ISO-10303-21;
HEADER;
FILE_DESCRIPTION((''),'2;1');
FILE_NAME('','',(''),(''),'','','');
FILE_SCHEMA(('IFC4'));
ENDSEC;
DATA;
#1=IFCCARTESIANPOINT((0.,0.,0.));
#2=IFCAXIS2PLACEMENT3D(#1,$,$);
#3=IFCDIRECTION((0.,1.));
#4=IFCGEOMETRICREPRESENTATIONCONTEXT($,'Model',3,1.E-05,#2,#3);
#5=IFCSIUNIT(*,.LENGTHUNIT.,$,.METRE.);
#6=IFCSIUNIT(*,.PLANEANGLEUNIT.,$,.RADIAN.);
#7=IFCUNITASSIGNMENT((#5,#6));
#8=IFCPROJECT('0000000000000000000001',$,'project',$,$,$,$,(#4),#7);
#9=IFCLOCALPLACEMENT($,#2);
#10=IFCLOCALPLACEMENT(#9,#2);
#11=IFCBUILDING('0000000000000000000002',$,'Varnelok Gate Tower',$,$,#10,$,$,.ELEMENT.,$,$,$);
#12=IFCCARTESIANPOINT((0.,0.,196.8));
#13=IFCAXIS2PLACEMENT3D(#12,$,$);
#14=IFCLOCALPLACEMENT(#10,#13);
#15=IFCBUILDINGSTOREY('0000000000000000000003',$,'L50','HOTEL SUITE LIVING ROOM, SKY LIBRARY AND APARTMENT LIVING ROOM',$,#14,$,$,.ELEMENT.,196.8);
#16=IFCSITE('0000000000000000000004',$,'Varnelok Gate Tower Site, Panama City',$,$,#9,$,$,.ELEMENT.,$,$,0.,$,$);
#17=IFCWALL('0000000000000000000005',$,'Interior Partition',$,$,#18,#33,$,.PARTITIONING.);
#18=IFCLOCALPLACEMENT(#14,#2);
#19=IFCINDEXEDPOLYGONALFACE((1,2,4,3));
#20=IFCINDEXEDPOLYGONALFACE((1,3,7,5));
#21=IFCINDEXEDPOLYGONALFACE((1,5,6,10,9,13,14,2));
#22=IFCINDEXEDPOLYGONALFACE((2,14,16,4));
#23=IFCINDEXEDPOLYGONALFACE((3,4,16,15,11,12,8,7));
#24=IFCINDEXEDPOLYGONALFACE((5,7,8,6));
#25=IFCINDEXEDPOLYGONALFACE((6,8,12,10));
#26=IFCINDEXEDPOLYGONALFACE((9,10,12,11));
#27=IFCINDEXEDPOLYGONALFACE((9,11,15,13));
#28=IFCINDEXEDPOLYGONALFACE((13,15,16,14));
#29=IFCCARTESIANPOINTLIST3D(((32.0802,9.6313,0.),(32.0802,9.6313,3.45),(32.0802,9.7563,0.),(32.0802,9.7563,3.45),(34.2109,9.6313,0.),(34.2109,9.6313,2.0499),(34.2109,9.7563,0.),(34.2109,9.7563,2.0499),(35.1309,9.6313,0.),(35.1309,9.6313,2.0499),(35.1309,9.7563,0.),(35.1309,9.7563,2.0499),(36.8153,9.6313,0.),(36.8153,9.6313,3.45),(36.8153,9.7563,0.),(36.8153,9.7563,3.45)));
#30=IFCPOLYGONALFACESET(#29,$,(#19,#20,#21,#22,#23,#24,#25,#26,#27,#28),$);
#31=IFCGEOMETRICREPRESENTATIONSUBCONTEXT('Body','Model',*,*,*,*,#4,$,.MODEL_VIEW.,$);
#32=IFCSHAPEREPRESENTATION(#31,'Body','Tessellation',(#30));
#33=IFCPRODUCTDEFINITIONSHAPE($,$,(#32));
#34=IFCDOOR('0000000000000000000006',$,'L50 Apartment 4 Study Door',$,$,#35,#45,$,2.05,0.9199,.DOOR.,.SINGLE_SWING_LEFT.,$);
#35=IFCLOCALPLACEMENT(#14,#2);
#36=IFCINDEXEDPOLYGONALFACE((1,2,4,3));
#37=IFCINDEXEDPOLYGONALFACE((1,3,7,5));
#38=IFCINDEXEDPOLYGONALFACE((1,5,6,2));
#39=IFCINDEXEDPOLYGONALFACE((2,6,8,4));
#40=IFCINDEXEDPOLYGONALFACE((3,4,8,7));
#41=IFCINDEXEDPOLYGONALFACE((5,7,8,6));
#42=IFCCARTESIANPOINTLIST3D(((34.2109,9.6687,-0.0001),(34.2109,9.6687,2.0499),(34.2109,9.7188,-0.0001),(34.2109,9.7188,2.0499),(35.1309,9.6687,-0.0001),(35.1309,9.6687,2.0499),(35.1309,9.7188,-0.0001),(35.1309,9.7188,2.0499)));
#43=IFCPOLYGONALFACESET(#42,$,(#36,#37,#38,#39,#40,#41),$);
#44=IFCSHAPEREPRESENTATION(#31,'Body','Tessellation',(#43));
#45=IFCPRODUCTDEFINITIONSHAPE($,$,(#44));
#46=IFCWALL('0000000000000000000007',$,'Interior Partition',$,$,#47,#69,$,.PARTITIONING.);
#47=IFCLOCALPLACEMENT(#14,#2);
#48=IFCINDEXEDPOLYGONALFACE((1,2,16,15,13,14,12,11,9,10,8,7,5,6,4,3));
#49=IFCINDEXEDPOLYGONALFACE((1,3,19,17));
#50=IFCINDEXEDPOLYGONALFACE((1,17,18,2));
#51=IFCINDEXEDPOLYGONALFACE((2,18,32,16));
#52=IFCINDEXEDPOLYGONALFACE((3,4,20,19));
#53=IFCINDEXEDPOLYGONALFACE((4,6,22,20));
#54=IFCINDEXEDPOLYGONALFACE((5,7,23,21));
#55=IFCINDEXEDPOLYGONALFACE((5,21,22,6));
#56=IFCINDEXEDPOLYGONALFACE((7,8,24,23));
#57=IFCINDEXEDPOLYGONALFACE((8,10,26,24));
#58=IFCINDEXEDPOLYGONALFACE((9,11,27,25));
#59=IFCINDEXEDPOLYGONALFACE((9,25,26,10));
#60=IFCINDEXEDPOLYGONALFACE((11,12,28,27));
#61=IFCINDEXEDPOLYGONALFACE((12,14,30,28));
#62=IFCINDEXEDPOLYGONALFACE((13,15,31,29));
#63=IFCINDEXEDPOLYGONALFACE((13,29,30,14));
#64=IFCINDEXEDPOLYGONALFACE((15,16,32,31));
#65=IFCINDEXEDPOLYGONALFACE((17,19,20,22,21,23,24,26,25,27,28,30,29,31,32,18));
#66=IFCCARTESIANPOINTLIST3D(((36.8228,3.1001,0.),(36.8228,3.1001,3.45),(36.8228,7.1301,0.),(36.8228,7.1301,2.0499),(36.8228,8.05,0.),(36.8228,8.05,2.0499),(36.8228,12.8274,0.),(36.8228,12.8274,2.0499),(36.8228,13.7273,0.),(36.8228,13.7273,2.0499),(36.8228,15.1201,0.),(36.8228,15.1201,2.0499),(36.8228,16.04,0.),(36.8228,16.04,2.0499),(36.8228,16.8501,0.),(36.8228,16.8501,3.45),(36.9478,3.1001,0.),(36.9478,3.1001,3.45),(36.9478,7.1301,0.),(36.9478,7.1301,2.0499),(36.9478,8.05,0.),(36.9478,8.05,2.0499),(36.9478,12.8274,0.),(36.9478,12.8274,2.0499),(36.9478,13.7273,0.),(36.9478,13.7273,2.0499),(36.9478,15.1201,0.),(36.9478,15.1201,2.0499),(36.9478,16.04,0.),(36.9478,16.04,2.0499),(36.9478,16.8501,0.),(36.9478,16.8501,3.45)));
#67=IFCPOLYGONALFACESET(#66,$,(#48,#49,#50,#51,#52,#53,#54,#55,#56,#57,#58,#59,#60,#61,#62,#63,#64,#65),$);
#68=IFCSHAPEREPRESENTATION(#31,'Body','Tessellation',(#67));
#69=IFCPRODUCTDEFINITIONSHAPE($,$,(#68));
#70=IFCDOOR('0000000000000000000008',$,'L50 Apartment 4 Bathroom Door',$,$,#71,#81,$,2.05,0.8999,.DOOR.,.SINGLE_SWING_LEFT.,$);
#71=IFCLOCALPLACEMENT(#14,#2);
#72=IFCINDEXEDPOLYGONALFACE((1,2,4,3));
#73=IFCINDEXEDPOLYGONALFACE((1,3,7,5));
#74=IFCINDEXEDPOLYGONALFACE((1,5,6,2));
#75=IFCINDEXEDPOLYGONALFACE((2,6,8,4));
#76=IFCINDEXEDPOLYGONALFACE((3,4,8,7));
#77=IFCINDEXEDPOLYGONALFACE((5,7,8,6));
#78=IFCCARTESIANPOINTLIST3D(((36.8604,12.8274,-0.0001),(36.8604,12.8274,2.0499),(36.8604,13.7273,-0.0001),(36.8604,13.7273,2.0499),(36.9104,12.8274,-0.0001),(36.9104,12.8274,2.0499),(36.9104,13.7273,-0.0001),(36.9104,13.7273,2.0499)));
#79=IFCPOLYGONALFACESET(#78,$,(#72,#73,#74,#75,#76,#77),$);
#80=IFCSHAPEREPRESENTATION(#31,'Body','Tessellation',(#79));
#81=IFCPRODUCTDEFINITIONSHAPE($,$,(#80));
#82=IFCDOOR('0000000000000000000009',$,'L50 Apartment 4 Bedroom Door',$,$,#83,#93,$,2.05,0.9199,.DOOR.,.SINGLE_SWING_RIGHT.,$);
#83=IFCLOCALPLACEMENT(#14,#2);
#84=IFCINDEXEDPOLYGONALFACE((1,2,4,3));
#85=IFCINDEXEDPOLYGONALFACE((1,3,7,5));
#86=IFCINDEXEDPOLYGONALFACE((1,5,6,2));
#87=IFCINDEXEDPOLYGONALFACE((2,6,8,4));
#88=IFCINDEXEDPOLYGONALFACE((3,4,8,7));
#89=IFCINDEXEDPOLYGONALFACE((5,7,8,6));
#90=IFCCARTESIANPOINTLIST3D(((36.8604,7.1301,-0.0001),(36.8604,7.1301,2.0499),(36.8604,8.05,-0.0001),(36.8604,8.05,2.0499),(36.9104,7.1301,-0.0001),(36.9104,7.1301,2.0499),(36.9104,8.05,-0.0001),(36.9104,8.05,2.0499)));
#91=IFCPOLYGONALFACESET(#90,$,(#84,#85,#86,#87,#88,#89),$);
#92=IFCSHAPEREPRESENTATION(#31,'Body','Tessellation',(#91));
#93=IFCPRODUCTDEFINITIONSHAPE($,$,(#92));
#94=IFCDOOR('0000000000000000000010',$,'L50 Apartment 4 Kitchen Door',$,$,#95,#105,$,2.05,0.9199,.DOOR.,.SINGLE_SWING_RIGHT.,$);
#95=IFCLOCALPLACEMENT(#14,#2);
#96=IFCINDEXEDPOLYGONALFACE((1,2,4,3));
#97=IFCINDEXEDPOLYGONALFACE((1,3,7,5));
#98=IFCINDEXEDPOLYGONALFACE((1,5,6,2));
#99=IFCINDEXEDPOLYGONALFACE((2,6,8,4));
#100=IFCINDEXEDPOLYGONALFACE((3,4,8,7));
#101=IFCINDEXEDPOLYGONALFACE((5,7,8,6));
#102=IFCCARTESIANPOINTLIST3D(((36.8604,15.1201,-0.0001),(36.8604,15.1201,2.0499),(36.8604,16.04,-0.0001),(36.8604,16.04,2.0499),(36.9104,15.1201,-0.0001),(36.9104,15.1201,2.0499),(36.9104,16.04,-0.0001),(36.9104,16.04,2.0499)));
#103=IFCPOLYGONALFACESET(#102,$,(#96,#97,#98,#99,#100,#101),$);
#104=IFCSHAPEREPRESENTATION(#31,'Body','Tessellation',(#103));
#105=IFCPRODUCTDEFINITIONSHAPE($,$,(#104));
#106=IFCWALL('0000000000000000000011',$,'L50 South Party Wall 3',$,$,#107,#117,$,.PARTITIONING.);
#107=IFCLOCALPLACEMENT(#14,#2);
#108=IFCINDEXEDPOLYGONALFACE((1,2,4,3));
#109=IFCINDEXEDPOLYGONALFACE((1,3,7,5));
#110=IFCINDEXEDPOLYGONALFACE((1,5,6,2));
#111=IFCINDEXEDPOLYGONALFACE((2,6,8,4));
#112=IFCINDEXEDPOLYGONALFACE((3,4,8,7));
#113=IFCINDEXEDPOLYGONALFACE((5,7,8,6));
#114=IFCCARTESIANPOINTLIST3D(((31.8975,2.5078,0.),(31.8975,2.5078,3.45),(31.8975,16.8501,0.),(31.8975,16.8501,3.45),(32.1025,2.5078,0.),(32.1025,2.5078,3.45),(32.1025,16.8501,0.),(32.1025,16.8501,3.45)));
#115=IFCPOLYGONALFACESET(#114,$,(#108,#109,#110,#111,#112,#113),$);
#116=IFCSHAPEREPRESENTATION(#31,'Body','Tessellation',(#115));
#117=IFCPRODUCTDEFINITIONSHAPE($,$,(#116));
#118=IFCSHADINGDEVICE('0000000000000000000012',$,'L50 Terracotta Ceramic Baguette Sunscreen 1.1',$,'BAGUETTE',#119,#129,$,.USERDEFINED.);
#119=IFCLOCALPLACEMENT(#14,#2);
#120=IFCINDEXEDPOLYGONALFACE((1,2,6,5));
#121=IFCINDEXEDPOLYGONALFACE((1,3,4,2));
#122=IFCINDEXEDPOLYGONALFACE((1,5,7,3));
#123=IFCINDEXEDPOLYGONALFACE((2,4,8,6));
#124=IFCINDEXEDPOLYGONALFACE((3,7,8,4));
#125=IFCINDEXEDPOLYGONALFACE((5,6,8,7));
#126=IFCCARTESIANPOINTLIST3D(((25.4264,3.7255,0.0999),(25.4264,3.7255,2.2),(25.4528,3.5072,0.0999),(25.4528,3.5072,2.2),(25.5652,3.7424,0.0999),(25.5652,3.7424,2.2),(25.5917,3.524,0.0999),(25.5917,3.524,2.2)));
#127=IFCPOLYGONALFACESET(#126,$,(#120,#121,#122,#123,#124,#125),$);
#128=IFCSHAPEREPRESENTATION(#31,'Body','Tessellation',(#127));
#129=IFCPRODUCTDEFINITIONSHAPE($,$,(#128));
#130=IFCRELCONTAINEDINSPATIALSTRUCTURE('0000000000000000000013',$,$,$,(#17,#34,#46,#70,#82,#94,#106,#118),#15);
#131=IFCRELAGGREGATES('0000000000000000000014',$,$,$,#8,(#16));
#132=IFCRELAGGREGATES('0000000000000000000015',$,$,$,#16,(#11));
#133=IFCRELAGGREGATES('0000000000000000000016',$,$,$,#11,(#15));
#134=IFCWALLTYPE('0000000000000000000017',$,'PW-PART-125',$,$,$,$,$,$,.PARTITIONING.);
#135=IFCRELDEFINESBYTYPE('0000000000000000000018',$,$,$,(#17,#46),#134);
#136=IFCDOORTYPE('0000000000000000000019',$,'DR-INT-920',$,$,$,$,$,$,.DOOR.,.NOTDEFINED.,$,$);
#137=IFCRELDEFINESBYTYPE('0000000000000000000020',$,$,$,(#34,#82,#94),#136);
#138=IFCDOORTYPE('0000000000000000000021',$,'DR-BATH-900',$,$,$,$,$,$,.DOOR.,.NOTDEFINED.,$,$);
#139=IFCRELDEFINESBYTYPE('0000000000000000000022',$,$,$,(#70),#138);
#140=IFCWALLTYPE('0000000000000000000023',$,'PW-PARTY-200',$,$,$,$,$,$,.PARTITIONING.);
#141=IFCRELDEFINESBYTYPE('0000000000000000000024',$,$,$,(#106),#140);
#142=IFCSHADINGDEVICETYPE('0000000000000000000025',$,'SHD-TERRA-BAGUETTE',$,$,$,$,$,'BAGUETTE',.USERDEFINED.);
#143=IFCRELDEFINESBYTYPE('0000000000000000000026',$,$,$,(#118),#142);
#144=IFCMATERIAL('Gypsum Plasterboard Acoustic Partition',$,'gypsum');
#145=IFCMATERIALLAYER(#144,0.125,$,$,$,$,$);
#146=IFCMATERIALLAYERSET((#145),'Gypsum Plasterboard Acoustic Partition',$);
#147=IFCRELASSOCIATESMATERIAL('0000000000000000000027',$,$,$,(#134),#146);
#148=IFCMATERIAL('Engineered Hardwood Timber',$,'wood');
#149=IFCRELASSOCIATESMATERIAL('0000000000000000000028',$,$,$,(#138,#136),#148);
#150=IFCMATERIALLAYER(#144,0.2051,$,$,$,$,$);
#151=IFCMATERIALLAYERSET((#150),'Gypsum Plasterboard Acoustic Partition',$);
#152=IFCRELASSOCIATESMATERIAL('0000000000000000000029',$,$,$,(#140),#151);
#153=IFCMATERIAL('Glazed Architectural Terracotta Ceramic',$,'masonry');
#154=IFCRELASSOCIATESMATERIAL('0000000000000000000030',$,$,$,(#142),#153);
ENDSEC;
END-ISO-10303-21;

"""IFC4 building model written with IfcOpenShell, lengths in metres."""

from ifc_helpers import new_model, si_unit, direction, frame, frame_2d, origin, origin_2d, place, context, subcontext, project, spatial, rectangle, extrude, source, transform, mapped, material, layer, layer_set, type_object, element, fill, save


model = new_model("IFC4")

# Units and contexts
model_context = context("Model", 3, precision=1e-05, world=origin(), true_north=direction((0.0, 1.0)))
body_context = subcontext(model_context, "Body", "Model", "MODEL_VIEW")
ifc_project = project(units=[si_unit("LENGTHUNIT", "METRE"), si_unit("PLANEANGLEUNIT", "RADIAN")], contexts=[model_context])

# Site, building, storey
site_placement = place(None, origin())
site = spatial("IfcSite", under=ifc_project, at=site_placement, Name="Varnelok Gate Tower Site, Panama City", CompositionType="ELEMENT", RefElevation=0.0)
building_placement = place(site_placement, origin())
building = spatial("IfcBuilding", under=site, at=building_placement, Name="Varnelok Gate Tower", CompositionType="ELEMENT")
storey_placement = place(building_placement, frame((0.0, 0.0, 196.8)))
storey = spatial("IfcBuildingStorey", under=building, at=storey_placement, Name="L50", Description="HOTEL SUITE LIVING ROOM, SKY LIBRARY AND APARTMENT LIVING ROOM", CompositionType="ELEMENT", Elevation=196.8)

# Shared definitions
ifc_material_1 = material(Name="Gypsum Plasterboard Acoustic Partition", Category="gypsum")

# Shared definitions
ifc_layer_1 = layer(ifc_material_1, 0.125)
ifc_layer_set_1 = layer_set([ifc_layer_1], Name="Gypsum Plasterboard Acoustic Partition")
wall_type_1 = type_object("IfcWallType", Name="PW-PART-125", PredefinedType="PARTITIONING", material=ifc_layer_set_1)
ifc_material_2 = material(Name="Engineered Hardwood Timber", Category="wood")
door_type_1 = type_object("IfcDoorType", Name="DR-BATH-900", OperationType="NOTDEFINED", PredefinedType="DOOR", material=ifc_material_2)
door_type_2 = type_object("IfcDoorType", Name="DR-INT-920", OperationType="NOTDEFINED", PredefinedType="DOOR", material=ifc_material_2)

# Wall, opening, door
wall_1_placement = place(storey_placement, frame((32.0801, 9.6938, 0.0), z_axis=(0.0, 0.0, 1.0), x_axis=(1.0, 0.0, 0.0)))
wall_1 = element("IfcWall", 1, at=wall_1_placement, inside=storey, type_object=wall_type_1, Name="Interior Partition", PredefinedType="PARTITIONING", context=body_context, shape_type="SweptSolid", body=[
    extrude(rectangle(XDim=4.7351, YDim=0.125, at=frame_2d((2.3677, 0.0))), origin(), (0.0, 0.0, 1.0), 3.45),
])
opening_1_placement = place(wall_1_placement, frame((2.1309, 0.0, 0.0)))
opening_1 = element("IfcOpeningElement", 2, at=opening_1_placement, cuts=wall_1, PredefinedType="OPENING", context=body_context, shape_type="SweptSolid", body=[
    extrude(rectangle(XDim=0.9199, YDim=2.05, at=frame_2d((0.46, 1.0249))), frame((0.0, 0.0725, 0.0), z_axis=(0.0, -1.0, 0.0), x_axis=(1.0, 0.0, 0.0)), (0.0, 0.0, 1.0), 0.145),
])
door_1_placement = place(opening_1_placement, origin())
door_1 = element("IfcDoor", 3, at=door_1_placement, inside=storey, type_object=door_type_2, Name="L50 Apartment 4 Study Door", OperationType="SINGLE_SWING_LEFT", OverallHeight=2.05, OverallWidth=0.9199, PredefinedType="DOOR", context=body_context, shape_type="SweptSolid", body=[
    extrude(rectangle(XDim=0.9199, YDim=2.05, at=frame_2d((0.46, 1.0249))), frame((0.0, 0.0249, 0.0), z_axis=(0.0, -1.0, 0.0), x_axis=(1.0, 0.0, 0.0)), (0.0, 0.0, 1.0), 0.05),
])
fill(opening_1, door_1)

# Wall, openings, doors
wall_2_placement = place(storey_placement, frame((36.8853, 3.1001, 0.0), z_axis=(0.0, 0.0, 1.0), x_axis=(0.0, 1.0, 0.0)))
wall_2 = element("IfcWall", 4, at=wall_2_placement, inside=storey, type_object=wall_type_1, Name="Interior Partition", PredefinedType="PARTITIONING", context=body_context, shape_type="SweptSolid", body=[
    extrude(rectangle(XDim=13.75, YDim=0.125, at=frame_2d((6.875, 0.0))), origin(), (0.0, 0.0, 1.0), 3.45),
])
opening_2_placement = place(wall_2_placement, frame((4.03, 0.0, 0.0)))
opening_2 = element("IfcOpeningElement", 5, at=opening_2_placement, cuts=wall_2, PredefinedType="OPENING", context=body_context, shape_type="SweptSolid", body=[
    extrude(rectangle(XDim=0.9199, YDim=2.05, at=frame_2d((0.46, 1.0249))), frame((0.0, 0.0725, 0.0), z_axis=(0.0, -1.0, 0.0), x_axis=(1.0, 0.0, 0.0)), (0.0, 0.0, 1.0), 0.145),
])
opening_3_placement = place(wall_2_placement, frame((9.7273, 0.0, 0.0)))
opening_3 = element("IfcOpeningElement", 6, at=opening_3_placement, cuts=wall_2, PredefinedType="OPENING", context=body_context, shape_type="SweptSolid", body=[
    extrude(rectangle(XDim=0.8999, YDim=2.05, at=frame_2d((0.45, 1.0249))), frame((0.0, 0.0725, 0.0), z_axis=(0.0, -1.0, 0.0), x_axis=(1.0, 0.0, 0.0)), (0.0, 0.0, 1.0), 0.145),
])
opening_4_placement = place(wall_2_placement, frame((12.02, 0.0, 0.0)))
opening_4 = element("IfcOpeningElement", 7, at=opening_4_placement, cuts=wall_2, PredefinedType="OPENING", context=body_context, shape_type="SweptSolid", body=[
    extrude(rectangle(XDim=0.9199, YDim=2.05, at=frame_2d((0.46, 1.0249))), frame((0.0, 0.0725, 0.0), z_axis=(0.0, -1.0, 0.0), x_axis=(1.0, 0.0, 0.0)), (0.0, 0.0, 1.0), 0.145),
])
door_2_placement = place(opening_3_placement, origin())
door_2 = element("IfcDoor", 8, at=door_2_placement, inside=storey, type_object=door_type_1, Name="L50 Apartment 4 Bathroom Door", OperationType="SINGLE_SWING_LEFT", OverallHeight=2.05, OverallWidth=0.8999, PredefinedType="DOOR", context=body_context, shape_type="SweptSolid", body=[
    extrude(rectangle(XDim=0.8999, YDim=2.05, at=frame_2d((0.45, 1.0249))), frame((0.0, 0.0249, 0.0), z_axis=(0.0, -1.0, 0.0), x_axis=(1.0, 0.0, 0.0)), (0.0, 0.0, 1.0), 0.05),
])
fill(opening_3, door_2)
door_3_placement = place(opening_2_placement, origin())
door_3 = element("IfcDoor", 9, at=door_3_placement, inside=storey, type_object=door_type_2, Name="L50 Apartment 4 Bedroom Door", OperationType="SINGLE_SWING_RIGHT", OverallHeight=2.05, OverallWidth=0.9199, PredefinedType="DOOR", context=body_context, shape_type="SweptSolid", body=[
    extrude(rectangle(XDim=0.9199, YDim=2.05, at=frame_2d((0.46, 1.0249))), frame((0.0, 0.0249, 0.0), z_axis=(0.0, -1.0, 0.0), x_axis=(1.0, 0.0, 0.0)), (0.0, 0.0, 1.0), 0.05),
])
fill(opening_2, door_3)
door_4_placement = place(opening_4_placement, origin())
door_4 = element("IfcDoor", 10, at=door_4_placement, inside=storey, type_object=door_type_2, Name="L50 Apartment 4 Kitchen Door", OperationType="SINGLE_SWING_RIGHT", OverallHeight=2.05, OverallWidth=0.9199, PredefinedType="DOOR", context=body_context, shape_type="SweptSolid", body=[
    extrude(rectangle(XDim=0.9199, YDim=2.05, at=frame_2d((0.46, 1.0249))), frame((0.0, 0.0249, 0.0), z_axis=(0.0, -1.0, 0.0), x_axis=(1.0, 0.0, 0.0)), (0.0, 0.0, 1.0), 0.05),
])
fill(opening_4, door_4)

# Wall
ifc_layer_2 = layer(ifc_material_1, 0.2051)
ifc_layer_set_2 = layer_set([ifc_layer_2], Name="Gypsum Plasterboard Acoustic Partition")
wall_type_2 = type_object("IfcWallType", Name="PW-PARTY-200", PredefinedType="PARTITIONING", material=ifc_layer_set_2)
wall_3_placement = place(storey_placement, frame((32.0, 2.5078, 0.0), z_axis=(0.0, 0.0, 1.0), x_axis=(0.0, 1.0, 0.0)))
element("IfcWall", 11, at=wall_3_placement, inside=storey, type_object=wall_type_2, Name="L50 South Party Wall 3", PredefinedType="PARTITIONING", context=body_context, shape_type="SweptSolid", body=[
    extrude(rectangle(XDim=14.3423, YDim=0.2051, at=frame_2d((7.1711, 0.0))), origin(), (0.0, 0.0, 1.0), 3.45),
])

# Shading device
ifc_material_3 = material(Name="Glazed Architectural Terracotta Ceramic", Category="masonry")
shading_device_type = type_object("IfcShadingDeviceType", Name="SHD-TERRA-BAGUETTE", ElementType="BAGUETTE", PredefinedType="USERDEFINED", material=ifc_material_3)
shared_shape = source(origin(), body_context, "Body", "SweptSolid", [
    extrude(rectangle(XDim=0.1399, YDim=0.22, at=origin_2d()), origin(), (0.0, 0.0, 1.0), 2.1001),
])
shading_device_placement = place(storey_placement, frame((25.509, 3.6248, 0.0999), z_axis=(0.0, 0.0, 1.0), x_axis=(0.992732, 0.120345, 0.0)))
element("IfcShadingDevice", 12, at=shading_device_placement, inside=storey, type_object=shading_device_type, Name="L50 Terracotta Ceramic Baguette Sunscreen 1.1", ObjectType="BAGUETTE", PredefinedType="USERDEFINED", context=body_context, shape_type="MappedRepresentation", body=[
    mapped(shared_shape, transform((0.0, 0.0, 0.0), scale=1.0)),
])

save(model, "model.ifc")
